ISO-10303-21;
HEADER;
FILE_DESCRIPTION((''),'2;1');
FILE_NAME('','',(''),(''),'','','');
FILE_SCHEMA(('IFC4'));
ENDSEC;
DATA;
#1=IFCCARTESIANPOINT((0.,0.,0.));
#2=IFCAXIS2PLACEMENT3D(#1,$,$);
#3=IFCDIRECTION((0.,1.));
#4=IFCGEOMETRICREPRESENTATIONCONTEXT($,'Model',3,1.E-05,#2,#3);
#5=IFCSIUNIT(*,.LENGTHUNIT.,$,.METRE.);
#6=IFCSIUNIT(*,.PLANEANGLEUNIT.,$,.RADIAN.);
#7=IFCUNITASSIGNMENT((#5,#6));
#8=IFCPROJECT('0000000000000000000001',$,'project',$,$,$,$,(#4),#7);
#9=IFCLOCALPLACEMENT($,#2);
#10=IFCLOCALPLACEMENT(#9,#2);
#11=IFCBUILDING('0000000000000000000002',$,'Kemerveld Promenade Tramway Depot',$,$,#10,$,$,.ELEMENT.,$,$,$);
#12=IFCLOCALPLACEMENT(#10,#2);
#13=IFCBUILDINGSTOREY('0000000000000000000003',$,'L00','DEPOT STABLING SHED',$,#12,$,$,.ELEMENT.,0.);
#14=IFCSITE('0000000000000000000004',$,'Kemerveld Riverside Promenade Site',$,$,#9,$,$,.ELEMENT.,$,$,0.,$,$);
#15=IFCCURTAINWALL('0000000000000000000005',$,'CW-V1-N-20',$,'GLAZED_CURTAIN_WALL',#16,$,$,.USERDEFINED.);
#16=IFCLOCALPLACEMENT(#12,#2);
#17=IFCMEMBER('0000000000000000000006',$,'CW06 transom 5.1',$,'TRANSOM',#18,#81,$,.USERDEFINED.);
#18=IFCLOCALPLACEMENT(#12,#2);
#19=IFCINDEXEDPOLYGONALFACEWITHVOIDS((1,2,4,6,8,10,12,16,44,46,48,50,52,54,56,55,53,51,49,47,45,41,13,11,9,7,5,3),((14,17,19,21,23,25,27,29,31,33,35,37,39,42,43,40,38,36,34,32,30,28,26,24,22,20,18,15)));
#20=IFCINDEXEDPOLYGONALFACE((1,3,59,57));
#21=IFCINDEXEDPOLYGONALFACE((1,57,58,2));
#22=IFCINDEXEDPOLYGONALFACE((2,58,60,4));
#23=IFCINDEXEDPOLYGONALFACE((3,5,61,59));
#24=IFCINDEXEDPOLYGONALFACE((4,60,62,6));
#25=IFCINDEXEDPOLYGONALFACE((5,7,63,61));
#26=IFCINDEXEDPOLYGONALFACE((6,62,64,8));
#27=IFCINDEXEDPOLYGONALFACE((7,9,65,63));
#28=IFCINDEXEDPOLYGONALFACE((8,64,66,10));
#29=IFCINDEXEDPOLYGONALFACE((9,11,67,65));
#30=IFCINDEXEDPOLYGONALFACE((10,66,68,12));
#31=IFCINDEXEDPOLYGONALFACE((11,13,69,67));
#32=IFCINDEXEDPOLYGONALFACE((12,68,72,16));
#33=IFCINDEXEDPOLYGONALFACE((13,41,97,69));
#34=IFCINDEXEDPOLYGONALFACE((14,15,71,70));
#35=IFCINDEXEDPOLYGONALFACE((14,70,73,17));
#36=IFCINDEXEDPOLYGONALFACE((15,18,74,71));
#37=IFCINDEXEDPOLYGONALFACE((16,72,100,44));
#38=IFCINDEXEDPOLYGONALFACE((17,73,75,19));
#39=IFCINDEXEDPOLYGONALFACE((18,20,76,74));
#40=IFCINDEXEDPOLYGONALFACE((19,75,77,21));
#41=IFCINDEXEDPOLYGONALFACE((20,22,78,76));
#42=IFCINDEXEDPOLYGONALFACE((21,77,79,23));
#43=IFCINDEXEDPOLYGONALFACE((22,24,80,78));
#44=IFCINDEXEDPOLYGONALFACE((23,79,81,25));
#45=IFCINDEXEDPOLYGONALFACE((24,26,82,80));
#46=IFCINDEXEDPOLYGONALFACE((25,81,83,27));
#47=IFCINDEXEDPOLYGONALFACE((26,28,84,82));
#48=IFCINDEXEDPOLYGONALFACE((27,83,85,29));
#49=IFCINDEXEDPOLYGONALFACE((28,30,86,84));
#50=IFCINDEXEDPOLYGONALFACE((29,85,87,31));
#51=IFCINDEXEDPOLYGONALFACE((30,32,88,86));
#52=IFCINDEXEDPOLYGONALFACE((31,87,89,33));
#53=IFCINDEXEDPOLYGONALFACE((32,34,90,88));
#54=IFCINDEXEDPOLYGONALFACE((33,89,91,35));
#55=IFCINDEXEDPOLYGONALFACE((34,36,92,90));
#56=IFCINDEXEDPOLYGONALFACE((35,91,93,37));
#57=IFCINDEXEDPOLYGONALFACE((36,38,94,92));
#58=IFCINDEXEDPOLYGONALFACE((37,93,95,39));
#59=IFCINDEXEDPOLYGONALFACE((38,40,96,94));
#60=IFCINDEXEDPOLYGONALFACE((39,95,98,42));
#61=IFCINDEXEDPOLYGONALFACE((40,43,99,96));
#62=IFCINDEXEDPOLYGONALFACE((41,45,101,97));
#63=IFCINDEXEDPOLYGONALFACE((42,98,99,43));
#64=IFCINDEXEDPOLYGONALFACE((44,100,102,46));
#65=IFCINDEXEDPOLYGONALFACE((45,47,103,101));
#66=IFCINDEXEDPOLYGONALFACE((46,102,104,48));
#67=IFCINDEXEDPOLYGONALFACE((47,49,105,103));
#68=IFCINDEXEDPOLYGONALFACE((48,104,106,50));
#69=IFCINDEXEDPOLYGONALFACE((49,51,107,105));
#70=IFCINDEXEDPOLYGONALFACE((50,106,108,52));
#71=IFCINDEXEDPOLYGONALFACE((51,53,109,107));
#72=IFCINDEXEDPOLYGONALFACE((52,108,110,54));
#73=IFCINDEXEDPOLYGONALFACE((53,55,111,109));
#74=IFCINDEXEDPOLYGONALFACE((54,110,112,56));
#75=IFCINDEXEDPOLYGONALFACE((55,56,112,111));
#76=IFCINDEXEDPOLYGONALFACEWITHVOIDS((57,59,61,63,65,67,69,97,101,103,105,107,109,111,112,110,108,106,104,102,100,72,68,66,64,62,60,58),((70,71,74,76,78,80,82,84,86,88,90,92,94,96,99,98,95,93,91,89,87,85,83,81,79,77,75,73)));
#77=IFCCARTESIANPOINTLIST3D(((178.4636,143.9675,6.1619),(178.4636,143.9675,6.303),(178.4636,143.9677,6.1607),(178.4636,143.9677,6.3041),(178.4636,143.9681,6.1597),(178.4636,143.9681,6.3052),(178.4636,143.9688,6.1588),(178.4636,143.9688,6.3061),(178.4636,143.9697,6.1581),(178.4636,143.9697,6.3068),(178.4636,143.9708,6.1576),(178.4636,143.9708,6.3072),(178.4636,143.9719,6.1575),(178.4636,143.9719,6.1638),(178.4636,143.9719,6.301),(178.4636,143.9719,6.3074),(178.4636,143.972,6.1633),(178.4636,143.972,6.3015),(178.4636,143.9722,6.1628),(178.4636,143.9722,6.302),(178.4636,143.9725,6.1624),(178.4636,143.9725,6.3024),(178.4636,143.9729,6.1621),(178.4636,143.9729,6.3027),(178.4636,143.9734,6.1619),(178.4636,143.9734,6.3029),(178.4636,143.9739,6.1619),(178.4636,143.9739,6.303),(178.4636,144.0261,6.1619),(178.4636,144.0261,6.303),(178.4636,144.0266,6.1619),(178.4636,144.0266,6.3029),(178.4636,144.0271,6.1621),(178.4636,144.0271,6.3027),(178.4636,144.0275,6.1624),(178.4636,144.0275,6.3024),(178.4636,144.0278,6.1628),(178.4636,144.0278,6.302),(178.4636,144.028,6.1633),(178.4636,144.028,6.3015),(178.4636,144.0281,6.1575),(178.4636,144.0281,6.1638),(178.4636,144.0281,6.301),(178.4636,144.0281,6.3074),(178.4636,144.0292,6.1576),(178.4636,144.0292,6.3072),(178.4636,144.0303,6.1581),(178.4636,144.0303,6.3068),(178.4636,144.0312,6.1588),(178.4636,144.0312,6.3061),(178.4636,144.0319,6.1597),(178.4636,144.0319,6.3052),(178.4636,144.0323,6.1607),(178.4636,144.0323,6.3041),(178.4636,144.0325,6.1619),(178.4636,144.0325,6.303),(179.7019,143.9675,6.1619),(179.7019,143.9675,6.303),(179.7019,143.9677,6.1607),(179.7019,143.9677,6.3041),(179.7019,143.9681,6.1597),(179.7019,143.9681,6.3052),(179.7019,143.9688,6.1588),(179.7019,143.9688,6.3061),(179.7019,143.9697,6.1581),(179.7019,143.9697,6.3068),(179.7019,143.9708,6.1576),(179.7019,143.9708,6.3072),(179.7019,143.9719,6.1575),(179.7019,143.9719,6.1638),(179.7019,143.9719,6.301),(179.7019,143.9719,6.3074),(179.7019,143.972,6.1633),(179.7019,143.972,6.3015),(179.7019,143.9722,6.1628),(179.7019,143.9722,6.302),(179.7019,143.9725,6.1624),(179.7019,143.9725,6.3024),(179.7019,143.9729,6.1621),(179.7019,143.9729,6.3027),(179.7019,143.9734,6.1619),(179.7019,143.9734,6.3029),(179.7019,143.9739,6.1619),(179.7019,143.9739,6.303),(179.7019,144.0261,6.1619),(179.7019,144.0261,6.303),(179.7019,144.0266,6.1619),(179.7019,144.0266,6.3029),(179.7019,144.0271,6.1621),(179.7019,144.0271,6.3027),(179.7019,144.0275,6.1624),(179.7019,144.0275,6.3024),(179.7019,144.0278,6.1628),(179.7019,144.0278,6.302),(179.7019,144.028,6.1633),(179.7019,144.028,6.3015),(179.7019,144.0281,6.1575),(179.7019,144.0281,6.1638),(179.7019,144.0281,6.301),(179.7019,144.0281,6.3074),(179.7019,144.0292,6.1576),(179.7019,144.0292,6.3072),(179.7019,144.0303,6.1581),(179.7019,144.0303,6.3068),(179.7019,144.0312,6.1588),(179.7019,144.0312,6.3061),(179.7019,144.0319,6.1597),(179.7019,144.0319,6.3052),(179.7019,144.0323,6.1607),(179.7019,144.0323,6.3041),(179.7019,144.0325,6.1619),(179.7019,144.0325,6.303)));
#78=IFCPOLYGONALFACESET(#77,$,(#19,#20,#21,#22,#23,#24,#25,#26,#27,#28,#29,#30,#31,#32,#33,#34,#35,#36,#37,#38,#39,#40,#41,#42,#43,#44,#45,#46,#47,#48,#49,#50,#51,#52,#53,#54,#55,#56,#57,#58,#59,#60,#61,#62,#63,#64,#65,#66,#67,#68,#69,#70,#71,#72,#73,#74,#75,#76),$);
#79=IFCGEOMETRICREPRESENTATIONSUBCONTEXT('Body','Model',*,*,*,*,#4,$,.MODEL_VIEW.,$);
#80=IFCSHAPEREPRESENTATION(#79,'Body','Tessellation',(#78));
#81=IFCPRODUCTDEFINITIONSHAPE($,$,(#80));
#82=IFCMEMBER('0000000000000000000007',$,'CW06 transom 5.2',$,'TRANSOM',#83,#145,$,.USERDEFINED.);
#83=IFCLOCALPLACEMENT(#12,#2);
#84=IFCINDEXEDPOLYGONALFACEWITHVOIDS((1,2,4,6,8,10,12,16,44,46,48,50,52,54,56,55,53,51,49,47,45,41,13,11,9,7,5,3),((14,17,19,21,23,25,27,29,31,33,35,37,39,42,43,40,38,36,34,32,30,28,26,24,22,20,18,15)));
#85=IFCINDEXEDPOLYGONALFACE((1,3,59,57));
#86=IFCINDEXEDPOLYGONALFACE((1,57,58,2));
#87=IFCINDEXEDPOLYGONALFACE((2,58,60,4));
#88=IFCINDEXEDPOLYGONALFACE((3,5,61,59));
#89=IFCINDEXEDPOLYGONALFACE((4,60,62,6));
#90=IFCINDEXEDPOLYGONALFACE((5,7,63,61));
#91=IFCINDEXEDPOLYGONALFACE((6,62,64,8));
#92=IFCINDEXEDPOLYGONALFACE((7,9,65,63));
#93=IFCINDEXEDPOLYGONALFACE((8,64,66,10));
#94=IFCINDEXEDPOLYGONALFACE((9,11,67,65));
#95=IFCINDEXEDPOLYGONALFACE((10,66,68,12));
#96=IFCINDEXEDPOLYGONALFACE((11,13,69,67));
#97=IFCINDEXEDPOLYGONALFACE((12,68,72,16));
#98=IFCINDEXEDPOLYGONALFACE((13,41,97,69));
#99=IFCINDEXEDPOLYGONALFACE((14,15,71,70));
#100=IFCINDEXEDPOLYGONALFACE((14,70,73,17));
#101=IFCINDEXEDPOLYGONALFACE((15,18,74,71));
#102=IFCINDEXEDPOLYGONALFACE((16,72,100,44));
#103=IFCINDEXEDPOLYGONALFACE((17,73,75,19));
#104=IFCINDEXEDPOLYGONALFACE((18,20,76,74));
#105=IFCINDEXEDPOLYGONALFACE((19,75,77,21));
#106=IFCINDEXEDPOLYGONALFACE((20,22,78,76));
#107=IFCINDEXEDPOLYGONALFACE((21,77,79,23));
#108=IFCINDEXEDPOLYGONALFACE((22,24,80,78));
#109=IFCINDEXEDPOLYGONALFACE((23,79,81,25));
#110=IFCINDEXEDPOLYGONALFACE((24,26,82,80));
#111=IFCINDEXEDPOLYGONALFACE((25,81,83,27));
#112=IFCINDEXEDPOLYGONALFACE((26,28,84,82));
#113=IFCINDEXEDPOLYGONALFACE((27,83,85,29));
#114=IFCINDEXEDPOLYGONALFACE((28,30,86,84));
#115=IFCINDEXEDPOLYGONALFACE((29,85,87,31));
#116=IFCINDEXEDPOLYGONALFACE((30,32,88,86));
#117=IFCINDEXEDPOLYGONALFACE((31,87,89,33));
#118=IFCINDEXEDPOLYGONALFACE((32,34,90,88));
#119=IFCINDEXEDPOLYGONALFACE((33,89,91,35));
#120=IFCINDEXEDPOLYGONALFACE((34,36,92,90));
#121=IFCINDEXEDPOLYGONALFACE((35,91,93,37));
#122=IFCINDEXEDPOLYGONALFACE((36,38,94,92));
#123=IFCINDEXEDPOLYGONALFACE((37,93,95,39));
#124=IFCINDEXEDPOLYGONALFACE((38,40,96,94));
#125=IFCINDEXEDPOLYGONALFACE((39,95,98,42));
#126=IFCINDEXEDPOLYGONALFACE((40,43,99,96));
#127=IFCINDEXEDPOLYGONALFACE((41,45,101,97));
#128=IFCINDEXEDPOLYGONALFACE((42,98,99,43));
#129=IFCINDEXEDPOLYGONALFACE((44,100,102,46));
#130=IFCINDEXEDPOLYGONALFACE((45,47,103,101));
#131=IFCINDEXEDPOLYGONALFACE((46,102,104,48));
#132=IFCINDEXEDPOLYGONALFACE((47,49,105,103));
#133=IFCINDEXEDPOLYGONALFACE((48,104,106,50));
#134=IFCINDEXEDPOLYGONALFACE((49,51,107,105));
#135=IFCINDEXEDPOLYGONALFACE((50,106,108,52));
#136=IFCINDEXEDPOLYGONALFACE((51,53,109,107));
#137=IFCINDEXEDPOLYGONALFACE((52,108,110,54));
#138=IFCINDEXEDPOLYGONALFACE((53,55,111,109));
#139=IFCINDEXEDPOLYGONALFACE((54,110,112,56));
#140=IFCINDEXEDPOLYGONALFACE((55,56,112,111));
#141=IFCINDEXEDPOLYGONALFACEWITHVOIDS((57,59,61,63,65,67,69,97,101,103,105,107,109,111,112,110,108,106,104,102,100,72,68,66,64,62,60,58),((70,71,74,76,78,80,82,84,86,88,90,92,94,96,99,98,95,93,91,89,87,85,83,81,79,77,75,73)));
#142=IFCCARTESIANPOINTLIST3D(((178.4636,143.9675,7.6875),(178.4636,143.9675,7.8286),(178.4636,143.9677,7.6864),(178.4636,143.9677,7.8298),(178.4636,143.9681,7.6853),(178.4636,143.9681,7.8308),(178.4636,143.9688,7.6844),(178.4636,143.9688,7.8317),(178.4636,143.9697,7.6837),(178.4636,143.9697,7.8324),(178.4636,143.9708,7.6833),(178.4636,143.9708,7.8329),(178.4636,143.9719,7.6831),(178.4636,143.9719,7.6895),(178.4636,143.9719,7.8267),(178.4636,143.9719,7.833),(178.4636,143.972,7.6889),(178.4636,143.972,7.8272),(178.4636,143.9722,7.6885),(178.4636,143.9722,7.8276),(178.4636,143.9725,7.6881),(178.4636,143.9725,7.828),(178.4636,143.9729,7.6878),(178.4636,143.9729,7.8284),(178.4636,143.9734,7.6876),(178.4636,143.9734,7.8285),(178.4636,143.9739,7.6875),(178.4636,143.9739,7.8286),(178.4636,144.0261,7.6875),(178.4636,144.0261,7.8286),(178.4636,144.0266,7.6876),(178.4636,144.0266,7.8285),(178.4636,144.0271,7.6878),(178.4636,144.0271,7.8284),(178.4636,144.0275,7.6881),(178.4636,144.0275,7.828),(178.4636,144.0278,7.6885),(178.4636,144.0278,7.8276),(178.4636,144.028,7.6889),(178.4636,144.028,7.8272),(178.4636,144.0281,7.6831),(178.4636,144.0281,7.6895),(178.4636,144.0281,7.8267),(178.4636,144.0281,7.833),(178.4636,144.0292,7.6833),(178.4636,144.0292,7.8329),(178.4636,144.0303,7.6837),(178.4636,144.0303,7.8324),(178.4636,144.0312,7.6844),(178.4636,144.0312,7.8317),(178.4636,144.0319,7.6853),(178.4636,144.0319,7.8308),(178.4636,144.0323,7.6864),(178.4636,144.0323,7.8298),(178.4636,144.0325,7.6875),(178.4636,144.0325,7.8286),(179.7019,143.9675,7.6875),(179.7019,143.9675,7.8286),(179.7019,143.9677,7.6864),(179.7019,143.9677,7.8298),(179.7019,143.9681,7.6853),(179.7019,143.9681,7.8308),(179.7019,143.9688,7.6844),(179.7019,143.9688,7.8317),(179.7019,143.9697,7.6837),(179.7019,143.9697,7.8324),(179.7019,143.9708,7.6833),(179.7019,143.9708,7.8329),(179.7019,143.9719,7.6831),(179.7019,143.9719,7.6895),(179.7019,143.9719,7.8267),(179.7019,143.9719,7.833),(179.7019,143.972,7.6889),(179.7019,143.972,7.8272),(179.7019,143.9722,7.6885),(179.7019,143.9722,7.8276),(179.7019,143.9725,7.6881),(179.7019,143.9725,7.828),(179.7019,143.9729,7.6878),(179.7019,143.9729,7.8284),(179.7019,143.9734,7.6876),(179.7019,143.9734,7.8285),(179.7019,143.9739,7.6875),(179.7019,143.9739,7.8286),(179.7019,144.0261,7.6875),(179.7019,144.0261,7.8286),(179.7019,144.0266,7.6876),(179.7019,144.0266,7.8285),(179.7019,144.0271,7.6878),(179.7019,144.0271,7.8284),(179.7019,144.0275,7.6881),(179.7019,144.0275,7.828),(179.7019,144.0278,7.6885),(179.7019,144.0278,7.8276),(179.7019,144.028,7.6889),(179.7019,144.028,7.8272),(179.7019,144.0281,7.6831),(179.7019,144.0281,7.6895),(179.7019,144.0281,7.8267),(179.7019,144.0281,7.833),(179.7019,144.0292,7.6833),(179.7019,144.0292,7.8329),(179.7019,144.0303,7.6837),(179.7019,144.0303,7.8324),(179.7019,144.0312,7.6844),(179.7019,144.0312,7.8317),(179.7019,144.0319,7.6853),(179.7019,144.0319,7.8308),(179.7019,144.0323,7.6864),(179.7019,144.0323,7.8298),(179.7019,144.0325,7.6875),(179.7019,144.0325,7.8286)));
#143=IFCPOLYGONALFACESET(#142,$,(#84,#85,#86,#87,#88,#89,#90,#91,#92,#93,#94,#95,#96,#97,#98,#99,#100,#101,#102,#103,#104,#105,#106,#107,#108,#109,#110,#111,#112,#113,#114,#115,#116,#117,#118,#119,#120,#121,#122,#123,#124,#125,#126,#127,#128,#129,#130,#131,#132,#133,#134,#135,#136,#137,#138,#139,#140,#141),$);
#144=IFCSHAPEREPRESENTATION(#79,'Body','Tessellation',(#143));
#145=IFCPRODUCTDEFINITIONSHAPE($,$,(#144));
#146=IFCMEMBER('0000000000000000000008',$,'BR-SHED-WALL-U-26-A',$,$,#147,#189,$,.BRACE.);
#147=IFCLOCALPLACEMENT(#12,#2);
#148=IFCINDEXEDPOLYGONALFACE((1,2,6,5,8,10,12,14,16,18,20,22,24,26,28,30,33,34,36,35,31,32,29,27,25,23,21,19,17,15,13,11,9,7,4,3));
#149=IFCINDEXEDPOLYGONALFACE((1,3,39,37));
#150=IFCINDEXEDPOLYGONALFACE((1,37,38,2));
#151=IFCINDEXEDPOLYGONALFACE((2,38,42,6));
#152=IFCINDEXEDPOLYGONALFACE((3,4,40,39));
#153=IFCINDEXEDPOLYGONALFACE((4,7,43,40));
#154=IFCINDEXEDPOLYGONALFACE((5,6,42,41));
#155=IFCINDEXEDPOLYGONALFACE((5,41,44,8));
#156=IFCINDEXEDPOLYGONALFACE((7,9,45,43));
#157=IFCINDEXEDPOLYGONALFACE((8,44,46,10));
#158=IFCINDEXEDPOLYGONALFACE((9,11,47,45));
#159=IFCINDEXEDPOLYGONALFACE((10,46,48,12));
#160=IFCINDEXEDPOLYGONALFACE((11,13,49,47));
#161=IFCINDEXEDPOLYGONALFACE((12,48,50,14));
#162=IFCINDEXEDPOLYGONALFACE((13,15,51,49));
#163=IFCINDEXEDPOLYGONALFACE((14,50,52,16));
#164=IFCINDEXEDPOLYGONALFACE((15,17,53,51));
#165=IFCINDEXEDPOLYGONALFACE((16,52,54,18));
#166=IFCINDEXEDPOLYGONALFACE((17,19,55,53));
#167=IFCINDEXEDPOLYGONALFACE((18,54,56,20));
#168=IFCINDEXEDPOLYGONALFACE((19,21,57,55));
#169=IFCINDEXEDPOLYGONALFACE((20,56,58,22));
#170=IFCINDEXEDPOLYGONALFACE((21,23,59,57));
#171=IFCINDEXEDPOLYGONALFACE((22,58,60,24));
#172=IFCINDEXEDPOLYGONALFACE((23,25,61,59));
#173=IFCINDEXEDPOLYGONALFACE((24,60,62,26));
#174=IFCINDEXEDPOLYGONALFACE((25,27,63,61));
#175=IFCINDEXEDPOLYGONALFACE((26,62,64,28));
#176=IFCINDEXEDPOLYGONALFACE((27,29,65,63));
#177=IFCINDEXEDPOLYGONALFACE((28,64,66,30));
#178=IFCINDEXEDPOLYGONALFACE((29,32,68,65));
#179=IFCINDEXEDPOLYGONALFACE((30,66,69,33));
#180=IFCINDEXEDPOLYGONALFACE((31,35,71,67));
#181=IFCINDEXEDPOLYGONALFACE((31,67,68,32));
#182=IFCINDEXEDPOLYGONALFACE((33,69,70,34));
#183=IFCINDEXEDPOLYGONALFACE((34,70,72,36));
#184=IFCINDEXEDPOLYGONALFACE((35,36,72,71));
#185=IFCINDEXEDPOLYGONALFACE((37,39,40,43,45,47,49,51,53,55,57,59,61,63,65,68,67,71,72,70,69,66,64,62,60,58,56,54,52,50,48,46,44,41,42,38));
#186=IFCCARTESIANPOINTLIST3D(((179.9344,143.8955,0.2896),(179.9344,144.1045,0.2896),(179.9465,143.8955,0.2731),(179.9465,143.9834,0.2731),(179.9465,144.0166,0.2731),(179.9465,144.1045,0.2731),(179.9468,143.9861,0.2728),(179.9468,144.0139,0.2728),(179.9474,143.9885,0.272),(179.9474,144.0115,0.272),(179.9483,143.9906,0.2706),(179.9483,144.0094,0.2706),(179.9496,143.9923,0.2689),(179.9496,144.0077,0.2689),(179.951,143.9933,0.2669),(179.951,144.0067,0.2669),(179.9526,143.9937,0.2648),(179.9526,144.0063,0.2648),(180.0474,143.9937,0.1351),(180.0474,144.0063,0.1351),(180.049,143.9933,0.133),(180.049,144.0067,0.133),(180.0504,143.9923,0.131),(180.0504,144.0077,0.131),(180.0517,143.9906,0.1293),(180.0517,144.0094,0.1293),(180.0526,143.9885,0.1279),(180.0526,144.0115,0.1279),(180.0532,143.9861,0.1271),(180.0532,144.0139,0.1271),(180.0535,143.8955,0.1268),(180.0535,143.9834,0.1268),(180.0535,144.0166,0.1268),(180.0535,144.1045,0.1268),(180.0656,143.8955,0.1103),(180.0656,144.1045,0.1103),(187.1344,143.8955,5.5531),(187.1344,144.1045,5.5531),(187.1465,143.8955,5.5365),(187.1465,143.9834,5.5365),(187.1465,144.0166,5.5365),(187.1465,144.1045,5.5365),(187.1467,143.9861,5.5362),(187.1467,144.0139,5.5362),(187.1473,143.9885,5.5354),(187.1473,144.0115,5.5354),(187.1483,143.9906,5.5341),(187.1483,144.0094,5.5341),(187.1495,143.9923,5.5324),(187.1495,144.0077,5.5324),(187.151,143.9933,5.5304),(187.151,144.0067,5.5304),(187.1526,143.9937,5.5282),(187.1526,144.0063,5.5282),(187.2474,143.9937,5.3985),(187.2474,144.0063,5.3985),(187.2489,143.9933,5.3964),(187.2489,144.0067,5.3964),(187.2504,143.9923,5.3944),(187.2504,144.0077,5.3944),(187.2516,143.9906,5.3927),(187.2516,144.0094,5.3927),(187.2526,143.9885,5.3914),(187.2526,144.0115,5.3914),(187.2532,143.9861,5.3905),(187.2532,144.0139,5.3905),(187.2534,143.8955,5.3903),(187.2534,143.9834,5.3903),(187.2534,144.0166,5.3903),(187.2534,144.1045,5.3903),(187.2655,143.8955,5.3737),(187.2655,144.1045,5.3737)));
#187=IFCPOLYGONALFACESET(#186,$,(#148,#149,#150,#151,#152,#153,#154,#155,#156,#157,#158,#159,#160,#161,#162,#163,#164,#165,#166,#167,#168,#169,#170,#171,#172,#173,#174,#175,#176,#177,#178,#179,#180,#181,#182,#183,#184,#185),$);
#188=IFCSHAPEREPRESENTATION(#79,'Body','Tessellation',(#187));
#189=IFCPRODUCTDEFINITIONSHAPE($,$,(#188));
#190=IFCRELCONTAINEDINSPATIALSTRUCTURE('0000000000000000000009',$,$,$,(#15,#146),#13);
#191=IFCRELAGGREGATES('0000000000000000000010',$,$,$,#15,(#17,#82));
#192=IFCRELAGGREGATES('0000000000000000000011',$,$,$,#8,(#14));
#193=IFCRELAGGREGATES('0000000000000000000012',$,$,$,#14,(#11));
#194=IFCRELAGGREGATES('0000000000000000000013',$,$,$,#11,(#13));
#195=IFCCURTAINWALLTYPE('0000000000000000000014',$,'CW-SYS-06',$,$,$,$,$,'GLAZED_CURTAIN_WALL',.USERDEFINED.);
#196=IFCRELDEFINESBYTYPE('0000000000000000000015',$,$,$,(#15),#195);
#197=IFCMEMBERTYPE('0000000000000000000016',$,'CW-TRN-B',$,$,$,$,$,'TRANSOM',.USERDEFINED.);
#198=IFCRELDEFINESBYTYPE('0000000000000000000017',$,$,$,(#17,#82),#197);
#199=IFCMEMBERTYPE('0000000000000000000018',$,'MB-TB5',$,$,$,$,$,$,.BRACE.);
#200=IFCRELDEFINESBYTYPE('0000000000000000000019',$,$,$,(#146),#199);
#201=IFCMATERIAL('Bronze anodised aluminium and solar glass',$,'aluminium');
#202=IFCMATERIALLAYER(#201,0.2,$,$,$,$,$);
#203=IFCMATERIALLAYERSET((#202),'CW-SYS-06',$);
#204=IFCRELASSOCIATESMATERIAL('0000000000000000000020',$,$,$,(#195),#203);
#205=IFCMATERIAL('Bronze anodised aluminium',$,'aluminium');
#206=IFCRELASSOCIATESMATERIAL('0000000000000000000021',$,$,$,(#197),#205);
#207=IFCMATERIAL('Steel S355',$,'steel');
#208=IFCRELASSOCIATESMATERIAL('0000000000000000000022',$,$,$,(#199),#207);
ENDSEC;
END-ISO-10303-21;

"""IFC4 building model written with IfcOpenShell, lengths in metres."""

from ifc_helpers import new_model, si_unit, direction, frame, origin, origin_2d, place, context, subcontext, project, spatial, hollow_rectangle, i_section, extrude, material, layer, layer_set, material_profile, profile_set, type_object, element, aggregate, save


model = new_model("IFC4")

# Units and contexts
model_context = context("Model", 3, precision=1e-05, world=origin(), true_north=direction((0.0, 1.0)))
body_context = subcontext(model_context, "Body", "Model", "MODEL_VIEW")
ifc_project = project(units=[si_unit("LENGTHUNIT", "METRE"), si_unit("PLANEANGLEUNIT", "RADIAN")], contexts=[model_context])

# Site, building, storey
site_placement = place(None, origin())
site = spatial("IfcSite", under=ifc_project, at=site_placement, Name="Kemerveld Riverside Promenade Site", CompositionType="ELEMENT", RefElevation=0.0)
building_placement = place(site_placement, origin())
building = spatial("IfcBuilding", under=site, at=building_placement, Name="Kemerveld Promenade Tramway Depot", CompositionType="ELEMENT")
storey_placement = place(building_placement, origin())
storey = spatial("IfcBuildingStorey", under=building, at=storey_placement, Name="L00", Description="DEPOT STABLING SHED", CompositionType="ELEMENT", Elevation=0.0)

# Shared definitions
ifc_material_1 = material(Name="Steel S355", Category="steel")

# Curtain wall
ifc_material_2 = material(Name="Bronze anodised aluminium and solar glass", Category="aluminium")
ifc_material_3 = material(Name="Bronze anodised aluminium", Category="aluminium")
ifc_layer_1 = layer(ifc_material_2, 0.2)
ifc_layer_set_1 = layer_set([ifc_layer_1], Name="CW-SYS-06")
curtain_wall_type_1 = type_object("IfcCurtainWallType", Name="CW-SYS-06", ElementType="GLAZED_CURTAIN_WALL", PredefinedType="USERDEFINED", material=ifc_layer_set_1)
curtain_wall_1_placement = place(storey_placement, origin())
curtain_wall_1 = element("IfcCurtainWall", 1, at=curtain_wall_1_placement, inside=storey, type_object=curtain_wall_type_1, Name="CW-V1-N-20", ObjectType="GLAZED_CURTAIN_WALL", PredefinedType="USERDEFINED")

# Members
ifc_material_profile_1 = material_profile(ifc_material_3, hollow_rectangle(XDim=0.0649, YDim=0.1499, WallThickness=0.0044, InnerFilletRadius=0.002, OuterFilletRadius=0.0044, at=origin_2d()), Name="CW-TRN-150x65")
ifc_profile_set_1 = profile_set([ifc_material_profile_1], Name="Bronze anodised aluminium")
member_type_1 = type_object("IfcMemberType", Name="CW-TRN-B", ElementType="TRANSOM", PredefinedType="USERDEFINED", material=ifc_profile_set_1)
member_1_placement = place(storey_placement, frame((178.4636, 144.0, 6.2324), z_axis=(1.0, 0.0, 0.0), x_axis=(0.0, 1.0, 0.0)))
member_1 = element("IfcMember", 2, at=member_1_placement, type_object=member_type_1, Name="CW06 transom 5.1", ObjectType="TRANSOM", PredefinedType="USERDEFINED", context=body_context, shape_type="SweptSolid", body=[
    extrude(hollow_rectangle(XDim=0.0649, YDim=0.1499, WallThickness=0.0044, InnerFilletRadius=0.002, OuterFilletRadius=0.0044, at=origin_2d()), origin(), (0.0, 0.0, 1.0), 1.2383),
])
member_2_placement = place(storey_placement, frame((178.4636, 144.0, 7.7581), z_axis=(1.0, 0.0, 0.0), x_axis=(0.0, 1.0, 0.0)))
member_2 = element("IfcMember", 3, at=member_2_placement, type_object=member_type_1, Name="CW06 transom 5.2", ObjectType="TRANSOM", PredefinedType="USERDEFINED", context=body_context, shape_type="SweptSolid", body=[
    extrude(hollow_rectangle(XDim=0.0649, YDim=0.1499, WallThickness=0.0044, InnerFilletRadius=0.002, OuterFilletRadius=0.0044, at=origin_2d()), origin(), (0.0, 0.0, 1.0), 1.2383),
])
ifc_material_profile_2 = material_profile(ifc_material_1, i_section(OverallWidth=0.209, OverallDepth=0.2222, WebThickness=0.0127, FlangeThickness=0.0205, FilletRadius=0.0103, at=origin_2d()), Name="203x203x86 UC")
ifc_profile_set_2 = profile_set([ifc_material_profile_2], Name="Steel S355")
member_type_2 = type_object("IfcMemberType", Name="MB-TB5", PredefinedType="BRACE", material=ifc_profile_set_2)
member_3_placement = place(storey_placement, frame((180.0, 144.0, 0.2), z_axis=(0.807288, 0.0, 0.590157), x_axis=(0.0, 1.0, 0.0)))
element("IfcMember", 4, at=member_3_placement, inside=storey, type_object=member_type_2, Name="BR-SHED-WALL-U-26-A", PredefinedType="BRACE", context=body_context, shape_type="SweptSolid", body=[
    extrude(i_section(OverallWidth=0.209, OverallDepth=0.2222, WebThickness=0.0127, FlangeThickness=0.0205, FilletRadius=0.0103, at=origin_2d()), origin(), (0.0, 0.0, 1.0), 8.9187),
])

aggregate(curtain_wall_1, [member_1, member_2])

save(model, "model.ifc")
